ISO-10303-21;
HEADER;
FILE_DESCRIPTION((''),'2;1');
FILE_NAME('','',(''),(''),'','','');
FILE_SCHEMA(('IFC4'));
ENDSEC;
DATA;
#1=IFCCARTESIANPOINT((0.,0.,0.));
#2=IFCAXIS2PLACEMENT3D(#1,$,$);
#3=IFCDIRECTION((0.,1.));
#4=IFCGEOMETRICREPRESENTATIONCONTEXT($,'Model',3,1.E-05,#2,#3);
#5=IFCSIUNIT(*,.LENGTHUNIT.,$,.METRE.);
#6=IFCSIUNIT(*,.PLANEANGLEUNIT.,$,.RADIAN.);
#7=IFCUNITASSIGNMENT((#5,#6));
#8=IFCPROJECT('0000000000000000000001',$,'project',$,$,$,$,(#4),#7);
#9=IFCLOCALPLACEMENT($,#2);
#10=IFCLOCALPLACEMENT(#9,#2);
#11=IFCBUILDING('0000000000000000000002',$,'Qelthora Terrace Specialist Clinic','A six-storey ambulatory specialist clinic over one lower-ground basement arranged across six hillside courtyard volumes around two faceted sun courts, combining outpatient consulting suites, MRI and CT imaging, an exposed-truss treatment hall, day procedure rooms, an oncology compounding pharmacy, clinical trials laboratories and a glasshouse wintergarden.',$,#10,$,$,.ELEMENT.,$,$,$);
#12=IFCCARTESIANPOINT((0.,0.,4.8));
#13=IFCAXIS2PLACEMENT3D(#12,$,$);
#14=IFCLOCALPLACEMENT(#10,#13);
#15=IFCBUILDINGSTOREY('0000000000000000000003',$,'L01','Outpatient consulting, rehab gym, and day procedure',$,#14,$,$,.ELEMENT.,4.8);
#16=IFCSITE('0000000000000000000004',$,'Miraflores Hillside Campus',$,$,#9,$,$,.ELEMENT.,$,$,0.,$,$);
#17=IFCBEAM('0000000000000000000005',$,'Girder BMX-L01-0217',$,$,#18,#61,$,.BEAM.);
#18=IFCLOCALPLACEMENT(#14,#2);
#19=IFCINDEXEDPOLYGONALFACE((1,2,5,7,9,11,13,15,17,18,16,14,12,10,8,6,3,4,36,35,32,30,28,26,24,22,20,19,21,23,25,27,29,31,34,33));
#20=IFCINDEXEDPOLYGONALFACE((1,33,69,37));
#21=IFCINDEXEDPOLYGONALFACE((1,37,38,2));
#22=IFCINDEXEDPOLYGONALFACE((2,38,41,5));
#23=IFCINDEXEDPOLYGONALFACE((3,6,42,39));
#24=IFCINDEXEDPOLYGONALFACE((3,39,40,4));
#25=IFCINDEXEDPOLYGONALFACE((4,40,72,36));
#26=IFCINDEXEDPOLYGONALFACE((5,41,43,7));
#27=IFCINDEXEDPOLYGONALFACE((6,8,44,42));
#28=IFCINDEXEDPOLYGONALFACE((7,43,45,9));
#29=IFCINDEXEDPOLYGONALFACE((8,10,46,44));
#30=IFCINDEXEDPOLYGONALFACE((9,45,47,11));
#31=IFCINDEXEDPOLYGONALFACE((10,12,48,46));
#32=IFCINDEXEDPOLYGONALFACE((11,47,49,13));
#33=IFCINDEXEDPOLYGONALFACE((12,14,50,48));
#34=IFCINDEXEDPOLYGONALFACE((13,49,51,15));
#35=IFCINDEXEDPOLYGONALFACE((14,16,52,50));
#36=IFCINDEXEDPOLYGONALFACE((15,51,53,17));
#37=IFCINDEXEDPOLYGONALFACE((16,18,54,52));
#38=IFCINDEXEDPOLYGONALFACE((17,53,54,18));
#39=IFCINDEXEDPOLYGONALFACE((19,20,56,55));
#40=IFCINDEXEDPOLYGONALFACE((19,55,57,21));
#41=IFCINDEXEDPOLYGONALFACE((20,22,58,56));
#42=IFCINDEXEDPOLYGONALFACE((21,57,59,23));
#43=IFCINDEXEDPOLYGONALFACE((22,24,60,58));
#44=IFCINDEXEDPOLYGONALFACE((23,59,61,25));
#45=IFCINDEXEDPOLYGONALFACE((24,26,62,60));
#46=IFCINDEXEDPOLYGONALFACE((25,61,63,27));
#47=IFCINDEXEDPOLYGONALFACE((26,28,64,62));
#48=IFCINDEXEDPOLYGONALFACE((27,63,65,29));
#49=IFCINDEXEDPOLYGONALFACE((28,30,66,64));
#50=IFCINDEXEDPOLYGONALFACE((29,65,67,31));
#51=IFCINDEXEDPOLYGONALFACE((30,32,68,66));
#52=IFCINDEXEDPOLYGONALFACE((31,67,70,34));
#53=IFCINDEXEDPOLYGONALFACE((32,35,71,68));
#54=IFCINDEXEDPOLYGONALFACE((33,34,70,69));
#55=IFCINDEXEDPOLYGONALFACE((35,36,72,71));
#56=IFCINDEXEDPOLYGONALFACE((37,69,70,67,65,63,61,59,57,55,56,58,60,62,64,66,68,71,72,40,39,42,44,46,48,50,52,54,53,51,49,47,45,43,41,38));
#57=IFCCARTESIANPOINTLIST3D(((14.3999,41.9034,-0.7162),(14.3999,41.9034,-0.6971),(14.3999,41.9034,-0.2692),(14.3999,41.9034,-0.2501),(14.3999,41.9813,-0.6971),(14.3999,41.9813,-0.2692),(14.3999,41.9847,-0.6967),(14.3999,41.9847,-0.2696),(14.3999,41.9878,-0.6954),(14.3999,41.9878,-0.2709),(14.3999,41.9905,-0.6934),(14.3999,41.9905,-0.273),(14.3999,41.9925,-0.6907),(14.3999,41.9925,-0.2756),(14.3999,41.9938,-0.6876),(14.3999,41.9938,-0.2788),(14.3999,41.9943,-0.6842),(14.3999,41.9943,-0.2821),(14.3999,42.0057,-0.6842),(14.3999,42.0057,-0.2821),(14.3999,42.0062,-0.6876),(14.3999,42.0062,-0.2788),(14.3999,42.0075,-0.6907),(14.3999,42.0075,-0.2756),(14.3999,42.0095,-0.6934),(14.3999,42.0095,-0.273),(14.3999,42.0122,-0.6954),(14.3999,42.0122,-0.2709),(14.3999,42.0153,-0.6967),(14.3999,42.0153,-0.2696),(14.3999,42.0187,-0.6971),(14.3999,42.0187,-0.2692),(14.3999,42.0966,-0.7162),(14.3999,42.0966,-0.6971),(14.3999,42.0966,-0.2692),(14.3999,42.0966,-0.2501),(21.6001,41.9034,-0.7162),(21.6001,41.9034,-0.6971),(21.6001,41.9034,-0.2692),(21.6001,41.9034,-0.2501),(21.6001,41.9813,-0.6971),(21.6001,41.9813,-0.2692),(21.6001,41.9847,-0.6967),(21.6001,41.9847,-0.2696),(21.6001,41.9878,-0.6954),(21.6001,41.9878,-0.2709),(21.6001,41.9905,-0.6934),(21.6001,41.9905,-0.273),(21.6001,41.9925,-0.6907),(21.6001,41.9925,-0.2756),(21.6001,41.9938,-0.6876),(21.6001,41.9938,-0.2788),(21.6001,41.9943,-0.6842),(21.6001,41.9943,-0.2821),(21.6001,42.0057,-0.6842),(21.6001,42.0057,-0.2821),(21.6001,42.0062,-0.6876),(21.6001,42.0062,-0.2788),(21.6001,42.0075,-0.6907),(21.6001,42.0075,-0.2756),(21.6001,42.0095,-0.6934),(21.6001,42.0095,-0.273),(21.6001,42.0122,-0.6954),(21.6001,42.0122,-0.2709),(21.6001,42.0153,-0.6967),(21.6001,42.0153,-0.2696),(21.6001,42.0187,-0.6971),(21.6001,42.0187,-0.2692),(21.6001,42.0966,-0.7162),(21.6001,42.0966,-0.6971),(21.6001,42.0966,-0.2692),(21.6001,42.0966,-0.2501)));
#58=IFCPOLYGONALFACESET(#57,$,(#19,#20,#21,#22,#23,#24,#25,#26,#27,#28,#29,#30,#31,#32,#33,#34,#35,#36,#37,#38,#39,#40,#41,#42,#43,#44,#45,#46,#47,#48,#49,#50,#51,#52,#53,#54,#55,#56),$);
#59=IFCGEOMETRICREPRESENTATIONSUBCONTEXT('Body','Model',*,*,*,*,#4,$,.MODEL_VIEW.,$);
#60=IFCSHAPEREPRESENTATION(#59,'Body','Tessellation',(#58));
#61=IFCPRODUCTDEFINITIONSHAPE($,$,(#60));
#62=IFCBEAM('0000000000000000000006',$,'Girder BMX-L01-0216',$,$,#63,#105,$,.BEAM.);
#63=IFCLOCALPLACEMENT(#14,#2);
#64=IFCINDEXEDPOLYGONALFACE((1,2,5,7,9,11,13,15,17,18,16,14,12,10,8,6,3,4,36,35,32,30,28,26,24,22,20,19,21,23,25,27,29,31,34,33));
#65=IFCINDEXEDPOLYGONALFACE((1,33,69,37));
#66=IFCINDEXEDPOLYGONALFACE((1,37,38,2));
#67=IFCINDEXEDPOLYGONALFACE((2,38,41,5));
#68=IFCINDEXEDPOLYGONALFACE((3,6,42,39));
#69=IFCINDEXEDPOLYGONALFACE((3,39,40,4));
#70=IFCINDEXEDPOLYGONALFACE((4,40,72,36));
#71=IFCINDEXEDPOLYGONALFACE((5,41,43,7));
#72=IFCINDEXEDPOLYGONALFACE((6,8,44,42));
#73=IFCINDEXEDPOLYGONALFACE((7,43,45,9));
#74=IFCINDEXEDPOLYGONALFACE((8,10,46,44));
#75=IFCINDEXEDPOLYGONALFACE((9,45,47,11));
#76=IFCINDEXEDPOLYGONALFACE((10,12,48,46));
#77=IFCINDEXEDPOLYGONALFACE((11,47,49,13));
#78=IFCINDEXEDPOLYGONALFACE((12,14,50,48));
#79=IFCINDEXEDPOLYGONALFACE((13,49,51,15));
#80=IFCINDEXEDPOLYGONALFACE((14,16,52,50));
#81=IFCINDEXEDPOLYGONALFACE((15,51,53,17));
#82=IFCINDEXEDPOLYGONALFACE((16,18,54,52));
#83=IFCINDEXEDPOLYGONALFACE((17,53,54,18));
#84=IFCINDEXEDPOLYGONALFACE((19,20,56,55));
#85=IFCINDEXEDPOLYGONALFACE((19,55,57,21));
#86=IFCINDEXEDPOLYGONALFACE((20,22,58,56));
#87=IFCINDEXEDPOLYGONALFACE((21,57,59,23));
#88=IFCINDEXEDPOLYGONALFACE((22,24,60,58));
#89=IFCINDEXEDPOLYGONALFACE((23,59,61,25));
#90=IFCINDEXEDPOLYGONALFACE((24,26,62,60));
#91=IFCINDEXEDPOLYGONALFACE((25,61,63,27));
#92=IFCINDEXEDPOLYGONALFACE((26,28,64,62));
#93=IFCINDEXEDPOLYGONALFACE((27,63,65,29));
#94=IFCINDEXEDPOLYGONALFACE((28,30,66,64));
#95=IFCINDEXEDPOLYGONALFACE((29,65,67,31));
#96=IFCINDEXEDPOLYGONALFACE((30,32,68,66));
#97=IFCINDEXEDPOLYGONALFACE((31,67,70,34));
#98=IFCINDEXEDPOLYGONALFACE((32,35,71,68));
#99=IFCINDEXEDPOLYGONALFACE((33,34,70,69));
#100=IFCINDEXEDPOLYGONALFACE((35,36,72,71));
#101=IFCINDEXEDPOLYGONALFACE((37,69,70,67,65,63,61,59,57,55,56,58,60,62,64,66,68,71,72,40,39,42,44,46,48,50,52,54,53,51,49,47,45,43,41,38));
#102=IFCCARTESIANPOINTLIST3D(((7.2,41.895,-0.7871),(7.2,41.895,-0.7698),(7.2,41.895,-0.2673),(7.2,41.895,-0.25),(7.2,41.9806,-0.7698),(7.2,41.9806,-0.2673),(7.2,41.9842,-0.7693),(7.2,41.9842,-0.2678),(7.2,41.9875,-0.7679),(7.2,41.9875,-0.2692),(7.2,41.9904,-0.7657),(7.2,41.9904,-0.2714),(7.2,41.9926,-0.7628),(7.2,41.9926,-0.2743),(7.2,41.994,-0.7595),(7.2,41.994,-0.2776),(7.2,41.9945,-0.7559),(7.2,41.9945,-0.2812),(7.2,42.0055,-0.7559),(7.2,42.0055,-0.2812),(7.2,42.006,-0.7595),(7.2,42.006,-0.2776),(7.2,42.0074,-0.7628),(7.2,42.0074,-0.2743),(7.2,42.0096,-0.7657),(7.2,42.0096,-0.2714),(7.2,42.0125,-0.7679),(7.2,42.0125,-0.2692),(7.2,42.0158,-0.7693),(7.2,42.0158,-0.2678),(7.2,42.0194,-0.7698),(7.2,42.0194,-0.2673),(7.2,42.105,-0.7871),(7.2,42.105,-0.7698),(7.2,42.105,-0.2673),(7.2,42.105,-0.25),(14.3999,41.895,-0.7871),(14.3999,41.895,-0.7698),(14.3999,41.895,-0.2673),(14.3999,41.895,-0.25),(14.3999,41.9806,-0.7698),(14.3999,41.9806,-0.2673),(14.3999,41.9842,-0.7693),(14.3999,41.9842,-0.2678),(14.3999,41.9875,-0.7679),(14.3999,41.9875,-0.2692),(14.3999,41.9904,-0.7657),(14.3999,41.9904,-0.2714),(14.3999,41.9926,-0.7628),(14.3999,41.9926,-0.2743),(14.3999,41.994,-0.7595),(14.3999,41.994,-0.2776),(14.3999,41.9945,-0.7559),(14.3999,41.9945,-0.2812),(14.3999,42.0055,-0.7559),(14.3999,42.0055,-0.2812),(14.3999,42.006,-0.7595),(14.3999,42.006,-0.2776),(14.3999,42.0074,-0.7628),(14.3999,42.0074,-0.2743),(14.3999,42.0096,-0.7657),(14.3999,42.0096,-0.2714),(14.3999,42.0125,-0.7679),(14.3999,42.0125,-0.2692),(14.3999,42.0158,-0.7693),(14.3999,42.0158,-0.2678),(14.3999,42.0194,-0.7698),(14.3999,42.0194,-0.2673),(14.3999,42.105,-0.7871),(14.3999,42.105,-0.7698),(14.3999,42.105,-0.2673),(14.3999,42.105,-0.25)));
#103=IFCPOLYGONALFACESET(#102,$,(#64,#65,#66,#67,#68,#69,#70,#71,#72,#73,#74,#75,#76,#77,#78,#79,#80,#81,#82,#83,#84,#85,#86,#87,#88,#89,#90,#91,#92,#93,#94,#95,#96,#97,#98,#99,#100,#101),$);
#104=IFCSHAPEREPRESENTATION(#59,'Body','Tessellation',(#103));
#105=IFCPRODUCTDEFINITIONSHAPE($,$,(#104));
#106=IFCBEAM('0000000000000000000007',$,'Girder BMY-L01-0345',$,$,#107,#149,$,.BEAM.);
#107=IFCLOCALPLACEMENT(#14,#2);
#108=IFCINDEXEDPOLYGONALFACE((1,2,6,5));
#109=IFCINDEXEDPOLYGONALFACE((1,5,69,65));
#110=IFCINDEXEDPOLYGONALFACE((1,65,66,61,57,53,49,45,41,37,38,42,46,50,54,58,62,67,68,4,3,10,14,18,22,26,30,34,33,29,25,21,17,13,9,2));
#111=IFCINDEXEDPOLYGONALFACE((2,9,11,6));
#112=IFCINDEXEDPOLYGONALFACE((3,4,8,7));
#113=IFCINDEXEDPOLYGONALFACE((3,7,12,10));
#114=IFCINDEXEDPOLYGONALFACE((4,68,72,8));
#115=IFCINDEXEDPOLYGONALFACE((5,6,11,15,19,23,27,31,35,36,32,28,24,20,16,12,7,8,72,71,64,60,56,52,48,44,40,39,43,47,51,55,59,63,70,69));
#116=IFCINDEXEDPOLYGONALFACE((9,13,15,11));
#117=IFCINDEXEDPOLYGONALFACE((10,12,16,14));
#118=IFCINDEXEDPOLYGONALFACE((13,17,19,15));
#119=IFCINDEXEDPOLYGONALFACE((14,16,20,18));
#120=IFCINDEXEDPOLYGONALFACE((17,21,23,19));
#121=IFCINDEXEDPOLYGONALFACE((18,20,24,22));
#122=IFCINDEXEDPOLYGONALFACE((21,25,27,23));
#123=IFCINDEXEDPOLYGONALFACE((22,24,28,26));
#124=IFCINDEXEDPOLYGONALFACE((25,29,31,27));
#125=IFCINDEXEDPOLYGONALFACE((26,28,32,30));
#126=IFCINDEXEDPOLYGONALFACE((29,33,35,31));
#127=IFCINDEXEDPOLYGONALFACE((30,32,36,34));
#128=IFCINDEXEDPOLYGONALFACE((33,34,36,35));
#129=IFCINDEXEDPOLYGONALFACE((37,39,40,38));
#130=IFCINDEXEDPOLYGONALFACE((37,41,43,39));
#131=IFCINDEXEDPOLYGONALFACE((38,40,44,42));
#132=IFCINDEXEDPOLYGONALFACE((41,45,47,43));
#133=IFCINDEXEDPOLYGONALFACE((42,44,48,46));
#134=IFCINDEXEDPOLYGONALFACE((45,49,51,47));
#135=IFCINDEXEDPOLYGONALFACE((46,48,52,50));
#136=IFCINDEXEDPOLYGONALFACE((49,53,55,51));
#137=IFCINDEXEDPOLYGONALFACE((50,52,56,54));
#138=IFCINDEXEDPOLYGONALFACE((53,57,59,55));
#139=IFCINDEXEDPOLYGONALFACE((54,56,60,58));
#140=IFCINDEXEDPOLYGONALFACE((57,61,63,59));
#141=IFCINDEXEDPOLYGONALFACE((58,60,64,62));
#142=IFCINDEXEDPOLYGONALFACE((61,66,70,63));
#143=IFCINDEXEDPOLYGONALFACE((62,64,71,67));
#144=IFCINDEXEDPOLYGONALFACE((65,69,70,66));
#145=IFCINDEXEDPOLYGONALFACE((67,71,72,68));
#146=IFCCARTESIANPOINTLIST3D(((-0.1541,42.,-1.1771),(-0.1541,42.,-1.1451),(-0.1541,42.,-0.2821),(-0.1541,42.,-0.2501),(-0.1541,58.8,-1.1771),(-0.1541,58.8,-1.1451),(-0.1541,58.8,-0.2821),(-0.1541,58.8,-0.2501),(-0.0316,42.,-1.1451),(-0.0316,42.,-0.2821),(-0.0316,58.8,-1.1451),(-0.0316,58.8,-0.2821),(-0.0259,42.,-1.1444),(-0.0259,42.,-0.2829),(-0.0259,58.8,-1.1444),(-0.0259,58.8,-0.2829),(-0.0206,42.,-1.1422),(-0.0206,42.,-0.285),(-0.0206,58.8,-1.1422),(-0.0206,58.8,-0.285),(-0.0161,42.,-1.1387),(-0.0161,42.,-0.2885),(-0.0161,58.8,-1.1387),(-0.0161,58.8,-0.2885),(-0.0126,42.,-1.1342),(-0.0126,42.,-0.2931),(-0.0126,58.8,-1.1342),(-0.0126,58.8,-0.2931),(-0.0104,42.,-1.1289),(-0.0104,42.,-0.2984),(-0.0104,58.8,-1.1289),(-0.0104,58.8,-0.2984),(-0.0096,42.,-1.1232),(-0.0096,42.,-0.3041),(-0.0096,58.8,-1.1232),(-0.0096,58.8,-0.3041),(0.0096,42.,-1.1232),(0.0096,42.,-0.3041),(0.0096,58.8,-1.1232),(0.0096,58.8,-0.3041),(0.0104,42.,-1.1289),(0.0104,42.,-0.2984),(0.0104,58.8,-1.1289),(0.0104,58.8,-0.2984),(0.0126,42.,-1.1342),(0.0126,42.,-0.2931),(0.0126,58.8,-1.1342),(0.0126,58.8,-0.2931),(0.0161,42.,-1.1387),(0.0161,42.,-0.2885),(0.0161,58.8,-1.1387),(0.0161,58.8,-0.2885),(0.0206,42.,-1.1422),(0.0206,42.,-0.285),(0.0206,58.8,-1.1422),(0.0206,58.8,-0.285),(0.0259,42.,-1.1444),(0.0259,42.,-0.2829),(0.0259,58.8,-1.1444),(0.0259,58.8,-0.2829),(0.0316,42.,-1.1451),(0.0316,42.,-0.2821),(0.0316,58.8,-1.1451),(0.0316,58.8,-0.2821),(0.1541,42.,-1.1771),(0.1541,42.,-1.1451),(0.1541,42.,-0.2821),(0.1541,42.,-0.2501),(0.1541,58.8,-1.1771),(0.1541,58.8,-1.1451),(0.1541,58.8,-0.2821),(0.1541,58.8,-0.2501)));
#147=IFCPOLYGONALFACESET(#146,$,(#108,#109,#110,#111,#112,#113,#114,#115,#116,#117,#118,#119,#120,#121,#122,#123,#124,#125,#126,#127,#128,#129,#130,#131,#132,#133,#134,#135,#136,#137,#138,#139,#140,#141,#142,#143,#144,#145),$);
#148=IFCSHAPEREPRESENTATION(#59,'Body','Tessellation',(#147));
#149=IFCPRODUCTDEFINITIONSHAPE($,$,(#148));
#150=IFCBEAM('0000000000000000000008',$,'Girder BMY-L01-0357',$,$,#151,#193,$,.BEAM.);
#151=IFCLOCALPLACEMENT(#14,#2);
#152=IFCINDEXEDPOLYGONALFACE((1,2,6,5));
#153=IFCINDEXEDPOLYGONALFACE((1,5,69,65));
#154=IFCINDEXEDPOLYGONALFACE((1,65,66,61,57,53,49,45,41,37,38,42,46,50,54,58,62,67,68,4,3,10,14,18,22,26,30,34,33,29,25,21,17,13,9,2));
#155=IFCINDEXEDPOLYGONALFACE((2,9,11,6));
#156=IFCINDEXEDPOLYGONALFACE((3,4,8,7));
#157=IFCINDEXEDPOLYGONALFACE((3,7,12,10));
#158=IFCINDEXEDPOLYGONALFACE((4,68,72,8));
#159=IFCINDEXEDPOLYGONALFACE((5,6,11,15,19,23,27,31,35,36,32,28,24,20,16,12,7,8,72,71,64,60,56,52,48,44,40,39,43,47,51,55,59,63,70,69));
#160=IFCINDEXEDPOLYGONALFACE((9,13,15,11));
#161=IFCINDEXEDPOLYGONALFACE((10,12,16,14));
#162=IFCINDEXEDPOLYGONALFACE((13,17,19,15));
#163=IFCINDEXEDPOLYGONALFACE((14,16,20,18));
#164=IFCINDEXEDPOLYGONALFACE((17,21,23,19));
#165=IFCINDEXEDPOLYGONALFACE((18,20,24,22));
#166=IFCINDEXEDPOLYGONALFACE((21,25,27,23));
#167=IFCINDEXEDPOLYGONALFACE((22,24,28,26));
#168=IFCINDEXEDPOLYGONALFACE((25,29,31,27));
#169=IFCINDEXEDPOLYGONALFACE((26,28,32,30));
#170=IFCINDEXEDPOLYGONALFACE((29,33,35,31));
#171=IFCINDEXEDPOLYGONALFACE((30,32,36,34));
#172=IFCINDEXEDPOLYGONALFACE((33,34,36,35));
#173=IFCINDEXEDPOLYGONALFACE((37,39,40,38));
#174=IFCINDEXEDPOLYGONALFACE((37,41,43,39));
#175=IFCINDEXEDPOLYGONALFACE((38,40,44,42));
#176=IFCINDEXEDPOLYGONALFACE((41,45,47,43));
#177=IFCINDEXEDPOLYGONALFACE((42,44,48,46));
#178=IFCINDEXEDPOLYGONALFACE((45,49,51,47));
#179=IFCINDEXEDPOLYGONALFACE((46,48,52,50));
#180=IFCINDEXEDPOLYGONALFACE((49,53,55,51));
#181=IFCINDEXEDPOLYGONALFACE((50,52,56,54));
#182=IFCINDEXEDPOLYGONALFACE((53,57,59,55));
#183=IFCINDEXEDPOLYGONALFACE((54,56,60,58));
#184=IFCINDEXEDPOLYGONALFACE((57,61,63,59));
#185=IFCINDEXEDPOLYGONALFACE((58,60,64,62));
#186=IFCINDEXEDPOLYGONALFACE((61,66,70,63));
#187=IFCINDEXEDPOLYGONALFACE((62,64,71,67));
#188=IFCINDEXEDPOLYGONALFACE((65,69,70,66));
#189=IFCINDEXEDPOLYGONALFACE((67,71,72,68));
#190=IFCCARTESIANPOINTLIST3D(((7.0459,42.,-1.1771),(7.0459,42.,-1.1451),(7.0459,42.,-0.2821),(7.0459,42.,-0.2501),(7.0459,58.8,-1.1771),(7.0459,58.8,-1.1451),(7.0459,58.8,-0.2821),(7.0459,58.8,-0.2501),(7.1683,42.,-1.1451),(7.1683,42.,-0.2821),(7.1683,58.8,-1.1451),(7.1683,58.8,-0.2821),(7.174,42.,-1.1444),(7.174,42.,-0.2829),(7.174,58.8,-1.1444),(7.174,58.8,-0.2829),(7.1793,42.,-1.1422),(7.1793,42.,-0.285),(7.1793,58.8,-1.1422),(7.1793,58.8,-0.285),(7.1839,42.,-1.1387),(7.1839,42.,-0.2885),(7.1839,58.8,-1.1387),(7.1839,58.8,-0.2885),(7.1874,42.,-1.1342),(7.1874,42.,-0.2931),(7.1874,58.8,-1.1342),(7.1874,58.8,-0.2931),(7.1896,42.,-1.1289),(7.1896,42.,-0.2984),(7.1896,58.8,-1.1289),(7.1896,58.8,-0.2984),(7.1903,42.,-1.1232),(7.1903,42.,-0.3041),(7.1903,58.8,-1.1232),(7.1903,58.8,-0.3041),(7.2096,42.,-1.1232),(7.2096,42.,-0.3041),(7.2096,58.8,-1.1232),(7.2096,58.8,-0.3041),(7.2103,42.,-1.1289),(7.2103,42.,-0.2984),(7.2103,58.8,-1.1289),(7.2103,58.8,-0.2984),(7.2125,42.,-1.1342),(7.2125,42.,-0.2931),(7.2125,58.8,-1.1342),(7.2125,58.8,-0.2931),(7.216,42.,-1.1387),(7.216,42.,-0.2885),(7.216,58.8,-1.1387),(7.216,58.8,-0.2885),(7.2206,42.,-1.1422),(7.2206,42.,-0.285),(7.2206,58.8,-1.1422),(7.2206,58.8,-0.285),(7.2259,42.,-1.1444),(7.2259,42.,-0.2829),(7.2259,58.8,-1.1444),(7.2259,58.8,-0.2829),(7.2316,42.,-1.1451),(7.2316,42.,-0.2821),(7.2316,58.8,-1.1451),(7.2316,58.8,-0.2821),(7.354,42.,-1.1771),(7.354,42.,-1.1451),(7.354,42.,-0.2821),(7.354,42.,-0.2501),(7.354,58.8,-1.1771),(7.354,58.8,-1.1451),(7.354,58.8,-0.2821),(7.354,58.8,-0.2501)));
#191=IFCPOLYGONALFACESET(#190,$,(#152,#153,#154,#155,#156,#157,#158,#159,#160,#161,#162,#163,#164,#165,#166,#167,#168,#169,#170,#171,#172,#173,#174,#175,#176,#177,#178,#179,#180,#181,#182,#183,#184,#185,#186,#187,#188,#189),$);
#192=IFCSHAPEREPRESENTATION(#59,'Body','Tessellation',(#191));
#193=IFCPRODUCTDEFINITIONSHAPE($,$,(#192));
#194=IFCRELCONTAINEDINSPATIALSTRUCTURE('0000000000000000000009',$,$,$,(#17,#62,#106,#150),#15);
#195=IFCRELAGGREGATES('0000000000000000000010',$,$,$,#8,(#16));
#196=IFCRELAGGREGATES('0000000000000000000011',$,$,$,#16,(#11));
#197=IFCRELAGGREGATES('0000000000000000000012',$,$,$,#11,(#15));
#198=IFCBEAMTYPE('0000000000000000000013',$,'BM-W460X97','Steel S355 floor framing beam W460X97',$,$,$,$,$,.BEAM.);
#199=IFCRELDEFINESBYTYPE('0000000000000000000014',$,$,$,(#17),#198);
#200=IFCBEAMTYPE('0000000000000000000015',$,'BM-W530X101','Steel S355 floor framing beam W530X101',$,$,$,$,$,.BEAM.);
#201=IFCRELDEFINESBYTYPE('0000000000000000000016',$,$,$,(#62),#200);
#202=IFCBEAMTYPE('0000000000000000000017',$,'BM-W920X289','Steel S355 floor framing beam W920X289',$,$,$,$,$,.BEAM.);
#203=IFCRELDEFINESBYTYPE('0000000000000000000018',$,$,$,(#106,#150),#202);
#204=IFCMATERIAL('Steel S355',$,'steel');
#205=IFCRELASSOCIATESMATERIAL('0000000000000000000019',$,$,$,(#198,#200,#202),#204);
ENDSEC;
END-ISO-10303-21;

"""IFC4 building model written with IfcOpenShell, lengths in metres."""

from ifc_helpers import new_model, si_unit, direction, frame, origin, origin_2d, place, context, subcontext, project, spatial, i_section, extrude, material, material_profile, profile_set, type_object, element, save


model = new_model("IFC4")

# Units and contexts
model_context = context("Model", 3, precision=1e-05, world=origin(), true_north=direction((0.0, 1.0)))
body_context = subcontext(model_context, "Body", "Model", "MODEL_VIEW")
ifc_project = project(units=[si_unit("LENGTHUNIT", "METRE"), si_unit("PLANEANGLEUNIT", "RADIAN")], contexts=[model_context])

# Site, building, storey
site_placement = place(None, origin())
site = spatial("IfcSite", under=ifc_project, at=site_placement, Name="Miraflores Hillside Campus", CompositionType="ELEMENT", RefElevation=0.0)
building_placement = place(site_placement, origin())
building = spatial("IfcBuilding", under=site, at=building_placement, Name="Qelthora Terrace Specialist Clinic", Description="A six-storey ambulatory specialist clinic over one lower-ground basement arranged across six hillside courtyard volumes around two faceted sun courts, combining outpatient consulting suites, MRI and CT imaging, an exposed-truss treatment hall, day procedure rooms, an oncology compounding pharmacy, clinical trials laboratories and a glasshouse wintergarden.", CompositionType="ELEMENT")
storey_placement = place(building_placement, frame((0.0, 0.0, 4.8)))
storey = spatial("IfcBuildingStorey", under=building, at=storey_placement, Name="L01", Description="Outpatient consulting, rehab gym, and day procedure", CompositionType="ELEMENT", Elevation=4.8)

# Beams
ifc_material_1 = material(Name="Steel S355", Category="steel")
ifc_material_profile_1 = material_profile(ifc_material_1, i_section(OverallWidth=0.1931, OverallDepth=0.4661, WebThickness=0.0115, FlangeThickness=0.019, FilletRadius=0.0129, at=origin_2d()), Name="W460X97")
ifc_profile_set_1 = profile_set([ifc_material_profile_1], Name="Steel S355")
beam_type_1 = type_object("IfcBeamType", Name="BM-W460X97", Description="Steel S355 floor framing beam W460X97", PredefinedType="BEAM", material=ifc_profile_set_1)
beam_1_placement = place(storey_placement, frame((14.3999, 42.0, -0.4832), z_axis=(1.0, 0.0, 0.0), x_axis=(0.0, 1.0, 0.0)))
element("IfcBeam", 1, at=beam_1_placement, inside=storey, type_object=beam_type_1, Name="Girder BMX-L01-0217", PredefinedType="BEAM", context=body_context, shape_type="SweptSolid", body=[
    extrude(i_section(OverallWidth=0.1931, OverallDepth=0.4661, WebThickness=0.0115, FlangeThickness=0.019, FilletRadius=0.0129, at=origin_2d()), origin(), (0.0, 0.0, 1.0), 7.2002),
])
ifc_material_profile_2 = material_profile(ifc_material_1, i_section(OverallWidth=0.21, OverallDepth=0.5371, WebThickness=0.011, FlangeThickness=0.0173, FilletRadius=0.0139, at=origin_2d()), Name="W530X101")
ifc_profile_set_2 = profile_set([ifc_material_profile_2], Name="Steel S355")
beam_type_2 = type_object("IfcBeamType", Name="BM-W530X101", Description="Steel S355 floor framing beam W530X101", PredefinedType="BEAM", material=ifc_profile_set_2)
beam_2_placement = place(storey_placement, frame((7.2, 42.0, -0.5186), z_axis=(1.0, 0.0, 0.0), x_axis=(0.0, 1.0, 0.0)))
element("IfcBeam", 2, at=beam_2_placement, inside=storey, type_object=beam_type_2, Name="Girder BMX-L01-0216", PredefinedType="BEAM", context=body_context, shape_type="SweptSolid", body=[
    extrude(i_section(OverallWidth=0.21, OverallDepth=0.5371, WebThickness=0.011, FlangeThickness=0.0173, FilletRadius=0.0139, at=origin_2d()), origin(), (0.0, 0.0, 1.0), 7.2),
])
ifc_material_profile_3 = material_profile(ifc_material_1, i_section(OverallWidth=0.3081, OverallDepth=0.927, WebThickness=0.0193, FlangeThickness=0.032, FilletRadius=0.022, at=origin_2d()), Name="W920X289")
ifc_profile_set_3 = profile_set([ifc_material_profile_3], Name="Steel S355")
beam_type_3 = type_object("IfcBeamType", Name="BM-W920X289", Description="Steel S355 floor framing beam W920X289", PredefinedType="BEAM", material=ifc_profile_set_3)
for number, where, z_axis, x_axis, name in (
    (3, (0.0, 42.0, -0.7136), (0.0, 1.0, 0.0), (-1.0, 0.0, 0.0), "Girder BMY-L01-0345"),
    (4, (7.2, 42.0, -0.7136), (0.0, 1.0, 0.0), (-1.0, 0.0, 0.0), "Girder BMY-L01-0357"),
):
    element("IfcBeam", number, at=place(storey_placement, frame(where, z_axis=z_axis, x_axis=x_axis)), inside=storey, type_object=beam_type_3, Name=name, PredefinedType="BEAM", context=body_context, shape_type="SweptSolid", body=[
        extrude(i_section(OverallWidth=0.3081, OverallDepth=0.927, WebThickness=0.0193, FlangeThickness=0.032, FilletRadius=0.022, at=origin_2d()), origin(), (0.0, 0.0, 1.0), 16.8),
    ])

save(model, "model.ifc")
